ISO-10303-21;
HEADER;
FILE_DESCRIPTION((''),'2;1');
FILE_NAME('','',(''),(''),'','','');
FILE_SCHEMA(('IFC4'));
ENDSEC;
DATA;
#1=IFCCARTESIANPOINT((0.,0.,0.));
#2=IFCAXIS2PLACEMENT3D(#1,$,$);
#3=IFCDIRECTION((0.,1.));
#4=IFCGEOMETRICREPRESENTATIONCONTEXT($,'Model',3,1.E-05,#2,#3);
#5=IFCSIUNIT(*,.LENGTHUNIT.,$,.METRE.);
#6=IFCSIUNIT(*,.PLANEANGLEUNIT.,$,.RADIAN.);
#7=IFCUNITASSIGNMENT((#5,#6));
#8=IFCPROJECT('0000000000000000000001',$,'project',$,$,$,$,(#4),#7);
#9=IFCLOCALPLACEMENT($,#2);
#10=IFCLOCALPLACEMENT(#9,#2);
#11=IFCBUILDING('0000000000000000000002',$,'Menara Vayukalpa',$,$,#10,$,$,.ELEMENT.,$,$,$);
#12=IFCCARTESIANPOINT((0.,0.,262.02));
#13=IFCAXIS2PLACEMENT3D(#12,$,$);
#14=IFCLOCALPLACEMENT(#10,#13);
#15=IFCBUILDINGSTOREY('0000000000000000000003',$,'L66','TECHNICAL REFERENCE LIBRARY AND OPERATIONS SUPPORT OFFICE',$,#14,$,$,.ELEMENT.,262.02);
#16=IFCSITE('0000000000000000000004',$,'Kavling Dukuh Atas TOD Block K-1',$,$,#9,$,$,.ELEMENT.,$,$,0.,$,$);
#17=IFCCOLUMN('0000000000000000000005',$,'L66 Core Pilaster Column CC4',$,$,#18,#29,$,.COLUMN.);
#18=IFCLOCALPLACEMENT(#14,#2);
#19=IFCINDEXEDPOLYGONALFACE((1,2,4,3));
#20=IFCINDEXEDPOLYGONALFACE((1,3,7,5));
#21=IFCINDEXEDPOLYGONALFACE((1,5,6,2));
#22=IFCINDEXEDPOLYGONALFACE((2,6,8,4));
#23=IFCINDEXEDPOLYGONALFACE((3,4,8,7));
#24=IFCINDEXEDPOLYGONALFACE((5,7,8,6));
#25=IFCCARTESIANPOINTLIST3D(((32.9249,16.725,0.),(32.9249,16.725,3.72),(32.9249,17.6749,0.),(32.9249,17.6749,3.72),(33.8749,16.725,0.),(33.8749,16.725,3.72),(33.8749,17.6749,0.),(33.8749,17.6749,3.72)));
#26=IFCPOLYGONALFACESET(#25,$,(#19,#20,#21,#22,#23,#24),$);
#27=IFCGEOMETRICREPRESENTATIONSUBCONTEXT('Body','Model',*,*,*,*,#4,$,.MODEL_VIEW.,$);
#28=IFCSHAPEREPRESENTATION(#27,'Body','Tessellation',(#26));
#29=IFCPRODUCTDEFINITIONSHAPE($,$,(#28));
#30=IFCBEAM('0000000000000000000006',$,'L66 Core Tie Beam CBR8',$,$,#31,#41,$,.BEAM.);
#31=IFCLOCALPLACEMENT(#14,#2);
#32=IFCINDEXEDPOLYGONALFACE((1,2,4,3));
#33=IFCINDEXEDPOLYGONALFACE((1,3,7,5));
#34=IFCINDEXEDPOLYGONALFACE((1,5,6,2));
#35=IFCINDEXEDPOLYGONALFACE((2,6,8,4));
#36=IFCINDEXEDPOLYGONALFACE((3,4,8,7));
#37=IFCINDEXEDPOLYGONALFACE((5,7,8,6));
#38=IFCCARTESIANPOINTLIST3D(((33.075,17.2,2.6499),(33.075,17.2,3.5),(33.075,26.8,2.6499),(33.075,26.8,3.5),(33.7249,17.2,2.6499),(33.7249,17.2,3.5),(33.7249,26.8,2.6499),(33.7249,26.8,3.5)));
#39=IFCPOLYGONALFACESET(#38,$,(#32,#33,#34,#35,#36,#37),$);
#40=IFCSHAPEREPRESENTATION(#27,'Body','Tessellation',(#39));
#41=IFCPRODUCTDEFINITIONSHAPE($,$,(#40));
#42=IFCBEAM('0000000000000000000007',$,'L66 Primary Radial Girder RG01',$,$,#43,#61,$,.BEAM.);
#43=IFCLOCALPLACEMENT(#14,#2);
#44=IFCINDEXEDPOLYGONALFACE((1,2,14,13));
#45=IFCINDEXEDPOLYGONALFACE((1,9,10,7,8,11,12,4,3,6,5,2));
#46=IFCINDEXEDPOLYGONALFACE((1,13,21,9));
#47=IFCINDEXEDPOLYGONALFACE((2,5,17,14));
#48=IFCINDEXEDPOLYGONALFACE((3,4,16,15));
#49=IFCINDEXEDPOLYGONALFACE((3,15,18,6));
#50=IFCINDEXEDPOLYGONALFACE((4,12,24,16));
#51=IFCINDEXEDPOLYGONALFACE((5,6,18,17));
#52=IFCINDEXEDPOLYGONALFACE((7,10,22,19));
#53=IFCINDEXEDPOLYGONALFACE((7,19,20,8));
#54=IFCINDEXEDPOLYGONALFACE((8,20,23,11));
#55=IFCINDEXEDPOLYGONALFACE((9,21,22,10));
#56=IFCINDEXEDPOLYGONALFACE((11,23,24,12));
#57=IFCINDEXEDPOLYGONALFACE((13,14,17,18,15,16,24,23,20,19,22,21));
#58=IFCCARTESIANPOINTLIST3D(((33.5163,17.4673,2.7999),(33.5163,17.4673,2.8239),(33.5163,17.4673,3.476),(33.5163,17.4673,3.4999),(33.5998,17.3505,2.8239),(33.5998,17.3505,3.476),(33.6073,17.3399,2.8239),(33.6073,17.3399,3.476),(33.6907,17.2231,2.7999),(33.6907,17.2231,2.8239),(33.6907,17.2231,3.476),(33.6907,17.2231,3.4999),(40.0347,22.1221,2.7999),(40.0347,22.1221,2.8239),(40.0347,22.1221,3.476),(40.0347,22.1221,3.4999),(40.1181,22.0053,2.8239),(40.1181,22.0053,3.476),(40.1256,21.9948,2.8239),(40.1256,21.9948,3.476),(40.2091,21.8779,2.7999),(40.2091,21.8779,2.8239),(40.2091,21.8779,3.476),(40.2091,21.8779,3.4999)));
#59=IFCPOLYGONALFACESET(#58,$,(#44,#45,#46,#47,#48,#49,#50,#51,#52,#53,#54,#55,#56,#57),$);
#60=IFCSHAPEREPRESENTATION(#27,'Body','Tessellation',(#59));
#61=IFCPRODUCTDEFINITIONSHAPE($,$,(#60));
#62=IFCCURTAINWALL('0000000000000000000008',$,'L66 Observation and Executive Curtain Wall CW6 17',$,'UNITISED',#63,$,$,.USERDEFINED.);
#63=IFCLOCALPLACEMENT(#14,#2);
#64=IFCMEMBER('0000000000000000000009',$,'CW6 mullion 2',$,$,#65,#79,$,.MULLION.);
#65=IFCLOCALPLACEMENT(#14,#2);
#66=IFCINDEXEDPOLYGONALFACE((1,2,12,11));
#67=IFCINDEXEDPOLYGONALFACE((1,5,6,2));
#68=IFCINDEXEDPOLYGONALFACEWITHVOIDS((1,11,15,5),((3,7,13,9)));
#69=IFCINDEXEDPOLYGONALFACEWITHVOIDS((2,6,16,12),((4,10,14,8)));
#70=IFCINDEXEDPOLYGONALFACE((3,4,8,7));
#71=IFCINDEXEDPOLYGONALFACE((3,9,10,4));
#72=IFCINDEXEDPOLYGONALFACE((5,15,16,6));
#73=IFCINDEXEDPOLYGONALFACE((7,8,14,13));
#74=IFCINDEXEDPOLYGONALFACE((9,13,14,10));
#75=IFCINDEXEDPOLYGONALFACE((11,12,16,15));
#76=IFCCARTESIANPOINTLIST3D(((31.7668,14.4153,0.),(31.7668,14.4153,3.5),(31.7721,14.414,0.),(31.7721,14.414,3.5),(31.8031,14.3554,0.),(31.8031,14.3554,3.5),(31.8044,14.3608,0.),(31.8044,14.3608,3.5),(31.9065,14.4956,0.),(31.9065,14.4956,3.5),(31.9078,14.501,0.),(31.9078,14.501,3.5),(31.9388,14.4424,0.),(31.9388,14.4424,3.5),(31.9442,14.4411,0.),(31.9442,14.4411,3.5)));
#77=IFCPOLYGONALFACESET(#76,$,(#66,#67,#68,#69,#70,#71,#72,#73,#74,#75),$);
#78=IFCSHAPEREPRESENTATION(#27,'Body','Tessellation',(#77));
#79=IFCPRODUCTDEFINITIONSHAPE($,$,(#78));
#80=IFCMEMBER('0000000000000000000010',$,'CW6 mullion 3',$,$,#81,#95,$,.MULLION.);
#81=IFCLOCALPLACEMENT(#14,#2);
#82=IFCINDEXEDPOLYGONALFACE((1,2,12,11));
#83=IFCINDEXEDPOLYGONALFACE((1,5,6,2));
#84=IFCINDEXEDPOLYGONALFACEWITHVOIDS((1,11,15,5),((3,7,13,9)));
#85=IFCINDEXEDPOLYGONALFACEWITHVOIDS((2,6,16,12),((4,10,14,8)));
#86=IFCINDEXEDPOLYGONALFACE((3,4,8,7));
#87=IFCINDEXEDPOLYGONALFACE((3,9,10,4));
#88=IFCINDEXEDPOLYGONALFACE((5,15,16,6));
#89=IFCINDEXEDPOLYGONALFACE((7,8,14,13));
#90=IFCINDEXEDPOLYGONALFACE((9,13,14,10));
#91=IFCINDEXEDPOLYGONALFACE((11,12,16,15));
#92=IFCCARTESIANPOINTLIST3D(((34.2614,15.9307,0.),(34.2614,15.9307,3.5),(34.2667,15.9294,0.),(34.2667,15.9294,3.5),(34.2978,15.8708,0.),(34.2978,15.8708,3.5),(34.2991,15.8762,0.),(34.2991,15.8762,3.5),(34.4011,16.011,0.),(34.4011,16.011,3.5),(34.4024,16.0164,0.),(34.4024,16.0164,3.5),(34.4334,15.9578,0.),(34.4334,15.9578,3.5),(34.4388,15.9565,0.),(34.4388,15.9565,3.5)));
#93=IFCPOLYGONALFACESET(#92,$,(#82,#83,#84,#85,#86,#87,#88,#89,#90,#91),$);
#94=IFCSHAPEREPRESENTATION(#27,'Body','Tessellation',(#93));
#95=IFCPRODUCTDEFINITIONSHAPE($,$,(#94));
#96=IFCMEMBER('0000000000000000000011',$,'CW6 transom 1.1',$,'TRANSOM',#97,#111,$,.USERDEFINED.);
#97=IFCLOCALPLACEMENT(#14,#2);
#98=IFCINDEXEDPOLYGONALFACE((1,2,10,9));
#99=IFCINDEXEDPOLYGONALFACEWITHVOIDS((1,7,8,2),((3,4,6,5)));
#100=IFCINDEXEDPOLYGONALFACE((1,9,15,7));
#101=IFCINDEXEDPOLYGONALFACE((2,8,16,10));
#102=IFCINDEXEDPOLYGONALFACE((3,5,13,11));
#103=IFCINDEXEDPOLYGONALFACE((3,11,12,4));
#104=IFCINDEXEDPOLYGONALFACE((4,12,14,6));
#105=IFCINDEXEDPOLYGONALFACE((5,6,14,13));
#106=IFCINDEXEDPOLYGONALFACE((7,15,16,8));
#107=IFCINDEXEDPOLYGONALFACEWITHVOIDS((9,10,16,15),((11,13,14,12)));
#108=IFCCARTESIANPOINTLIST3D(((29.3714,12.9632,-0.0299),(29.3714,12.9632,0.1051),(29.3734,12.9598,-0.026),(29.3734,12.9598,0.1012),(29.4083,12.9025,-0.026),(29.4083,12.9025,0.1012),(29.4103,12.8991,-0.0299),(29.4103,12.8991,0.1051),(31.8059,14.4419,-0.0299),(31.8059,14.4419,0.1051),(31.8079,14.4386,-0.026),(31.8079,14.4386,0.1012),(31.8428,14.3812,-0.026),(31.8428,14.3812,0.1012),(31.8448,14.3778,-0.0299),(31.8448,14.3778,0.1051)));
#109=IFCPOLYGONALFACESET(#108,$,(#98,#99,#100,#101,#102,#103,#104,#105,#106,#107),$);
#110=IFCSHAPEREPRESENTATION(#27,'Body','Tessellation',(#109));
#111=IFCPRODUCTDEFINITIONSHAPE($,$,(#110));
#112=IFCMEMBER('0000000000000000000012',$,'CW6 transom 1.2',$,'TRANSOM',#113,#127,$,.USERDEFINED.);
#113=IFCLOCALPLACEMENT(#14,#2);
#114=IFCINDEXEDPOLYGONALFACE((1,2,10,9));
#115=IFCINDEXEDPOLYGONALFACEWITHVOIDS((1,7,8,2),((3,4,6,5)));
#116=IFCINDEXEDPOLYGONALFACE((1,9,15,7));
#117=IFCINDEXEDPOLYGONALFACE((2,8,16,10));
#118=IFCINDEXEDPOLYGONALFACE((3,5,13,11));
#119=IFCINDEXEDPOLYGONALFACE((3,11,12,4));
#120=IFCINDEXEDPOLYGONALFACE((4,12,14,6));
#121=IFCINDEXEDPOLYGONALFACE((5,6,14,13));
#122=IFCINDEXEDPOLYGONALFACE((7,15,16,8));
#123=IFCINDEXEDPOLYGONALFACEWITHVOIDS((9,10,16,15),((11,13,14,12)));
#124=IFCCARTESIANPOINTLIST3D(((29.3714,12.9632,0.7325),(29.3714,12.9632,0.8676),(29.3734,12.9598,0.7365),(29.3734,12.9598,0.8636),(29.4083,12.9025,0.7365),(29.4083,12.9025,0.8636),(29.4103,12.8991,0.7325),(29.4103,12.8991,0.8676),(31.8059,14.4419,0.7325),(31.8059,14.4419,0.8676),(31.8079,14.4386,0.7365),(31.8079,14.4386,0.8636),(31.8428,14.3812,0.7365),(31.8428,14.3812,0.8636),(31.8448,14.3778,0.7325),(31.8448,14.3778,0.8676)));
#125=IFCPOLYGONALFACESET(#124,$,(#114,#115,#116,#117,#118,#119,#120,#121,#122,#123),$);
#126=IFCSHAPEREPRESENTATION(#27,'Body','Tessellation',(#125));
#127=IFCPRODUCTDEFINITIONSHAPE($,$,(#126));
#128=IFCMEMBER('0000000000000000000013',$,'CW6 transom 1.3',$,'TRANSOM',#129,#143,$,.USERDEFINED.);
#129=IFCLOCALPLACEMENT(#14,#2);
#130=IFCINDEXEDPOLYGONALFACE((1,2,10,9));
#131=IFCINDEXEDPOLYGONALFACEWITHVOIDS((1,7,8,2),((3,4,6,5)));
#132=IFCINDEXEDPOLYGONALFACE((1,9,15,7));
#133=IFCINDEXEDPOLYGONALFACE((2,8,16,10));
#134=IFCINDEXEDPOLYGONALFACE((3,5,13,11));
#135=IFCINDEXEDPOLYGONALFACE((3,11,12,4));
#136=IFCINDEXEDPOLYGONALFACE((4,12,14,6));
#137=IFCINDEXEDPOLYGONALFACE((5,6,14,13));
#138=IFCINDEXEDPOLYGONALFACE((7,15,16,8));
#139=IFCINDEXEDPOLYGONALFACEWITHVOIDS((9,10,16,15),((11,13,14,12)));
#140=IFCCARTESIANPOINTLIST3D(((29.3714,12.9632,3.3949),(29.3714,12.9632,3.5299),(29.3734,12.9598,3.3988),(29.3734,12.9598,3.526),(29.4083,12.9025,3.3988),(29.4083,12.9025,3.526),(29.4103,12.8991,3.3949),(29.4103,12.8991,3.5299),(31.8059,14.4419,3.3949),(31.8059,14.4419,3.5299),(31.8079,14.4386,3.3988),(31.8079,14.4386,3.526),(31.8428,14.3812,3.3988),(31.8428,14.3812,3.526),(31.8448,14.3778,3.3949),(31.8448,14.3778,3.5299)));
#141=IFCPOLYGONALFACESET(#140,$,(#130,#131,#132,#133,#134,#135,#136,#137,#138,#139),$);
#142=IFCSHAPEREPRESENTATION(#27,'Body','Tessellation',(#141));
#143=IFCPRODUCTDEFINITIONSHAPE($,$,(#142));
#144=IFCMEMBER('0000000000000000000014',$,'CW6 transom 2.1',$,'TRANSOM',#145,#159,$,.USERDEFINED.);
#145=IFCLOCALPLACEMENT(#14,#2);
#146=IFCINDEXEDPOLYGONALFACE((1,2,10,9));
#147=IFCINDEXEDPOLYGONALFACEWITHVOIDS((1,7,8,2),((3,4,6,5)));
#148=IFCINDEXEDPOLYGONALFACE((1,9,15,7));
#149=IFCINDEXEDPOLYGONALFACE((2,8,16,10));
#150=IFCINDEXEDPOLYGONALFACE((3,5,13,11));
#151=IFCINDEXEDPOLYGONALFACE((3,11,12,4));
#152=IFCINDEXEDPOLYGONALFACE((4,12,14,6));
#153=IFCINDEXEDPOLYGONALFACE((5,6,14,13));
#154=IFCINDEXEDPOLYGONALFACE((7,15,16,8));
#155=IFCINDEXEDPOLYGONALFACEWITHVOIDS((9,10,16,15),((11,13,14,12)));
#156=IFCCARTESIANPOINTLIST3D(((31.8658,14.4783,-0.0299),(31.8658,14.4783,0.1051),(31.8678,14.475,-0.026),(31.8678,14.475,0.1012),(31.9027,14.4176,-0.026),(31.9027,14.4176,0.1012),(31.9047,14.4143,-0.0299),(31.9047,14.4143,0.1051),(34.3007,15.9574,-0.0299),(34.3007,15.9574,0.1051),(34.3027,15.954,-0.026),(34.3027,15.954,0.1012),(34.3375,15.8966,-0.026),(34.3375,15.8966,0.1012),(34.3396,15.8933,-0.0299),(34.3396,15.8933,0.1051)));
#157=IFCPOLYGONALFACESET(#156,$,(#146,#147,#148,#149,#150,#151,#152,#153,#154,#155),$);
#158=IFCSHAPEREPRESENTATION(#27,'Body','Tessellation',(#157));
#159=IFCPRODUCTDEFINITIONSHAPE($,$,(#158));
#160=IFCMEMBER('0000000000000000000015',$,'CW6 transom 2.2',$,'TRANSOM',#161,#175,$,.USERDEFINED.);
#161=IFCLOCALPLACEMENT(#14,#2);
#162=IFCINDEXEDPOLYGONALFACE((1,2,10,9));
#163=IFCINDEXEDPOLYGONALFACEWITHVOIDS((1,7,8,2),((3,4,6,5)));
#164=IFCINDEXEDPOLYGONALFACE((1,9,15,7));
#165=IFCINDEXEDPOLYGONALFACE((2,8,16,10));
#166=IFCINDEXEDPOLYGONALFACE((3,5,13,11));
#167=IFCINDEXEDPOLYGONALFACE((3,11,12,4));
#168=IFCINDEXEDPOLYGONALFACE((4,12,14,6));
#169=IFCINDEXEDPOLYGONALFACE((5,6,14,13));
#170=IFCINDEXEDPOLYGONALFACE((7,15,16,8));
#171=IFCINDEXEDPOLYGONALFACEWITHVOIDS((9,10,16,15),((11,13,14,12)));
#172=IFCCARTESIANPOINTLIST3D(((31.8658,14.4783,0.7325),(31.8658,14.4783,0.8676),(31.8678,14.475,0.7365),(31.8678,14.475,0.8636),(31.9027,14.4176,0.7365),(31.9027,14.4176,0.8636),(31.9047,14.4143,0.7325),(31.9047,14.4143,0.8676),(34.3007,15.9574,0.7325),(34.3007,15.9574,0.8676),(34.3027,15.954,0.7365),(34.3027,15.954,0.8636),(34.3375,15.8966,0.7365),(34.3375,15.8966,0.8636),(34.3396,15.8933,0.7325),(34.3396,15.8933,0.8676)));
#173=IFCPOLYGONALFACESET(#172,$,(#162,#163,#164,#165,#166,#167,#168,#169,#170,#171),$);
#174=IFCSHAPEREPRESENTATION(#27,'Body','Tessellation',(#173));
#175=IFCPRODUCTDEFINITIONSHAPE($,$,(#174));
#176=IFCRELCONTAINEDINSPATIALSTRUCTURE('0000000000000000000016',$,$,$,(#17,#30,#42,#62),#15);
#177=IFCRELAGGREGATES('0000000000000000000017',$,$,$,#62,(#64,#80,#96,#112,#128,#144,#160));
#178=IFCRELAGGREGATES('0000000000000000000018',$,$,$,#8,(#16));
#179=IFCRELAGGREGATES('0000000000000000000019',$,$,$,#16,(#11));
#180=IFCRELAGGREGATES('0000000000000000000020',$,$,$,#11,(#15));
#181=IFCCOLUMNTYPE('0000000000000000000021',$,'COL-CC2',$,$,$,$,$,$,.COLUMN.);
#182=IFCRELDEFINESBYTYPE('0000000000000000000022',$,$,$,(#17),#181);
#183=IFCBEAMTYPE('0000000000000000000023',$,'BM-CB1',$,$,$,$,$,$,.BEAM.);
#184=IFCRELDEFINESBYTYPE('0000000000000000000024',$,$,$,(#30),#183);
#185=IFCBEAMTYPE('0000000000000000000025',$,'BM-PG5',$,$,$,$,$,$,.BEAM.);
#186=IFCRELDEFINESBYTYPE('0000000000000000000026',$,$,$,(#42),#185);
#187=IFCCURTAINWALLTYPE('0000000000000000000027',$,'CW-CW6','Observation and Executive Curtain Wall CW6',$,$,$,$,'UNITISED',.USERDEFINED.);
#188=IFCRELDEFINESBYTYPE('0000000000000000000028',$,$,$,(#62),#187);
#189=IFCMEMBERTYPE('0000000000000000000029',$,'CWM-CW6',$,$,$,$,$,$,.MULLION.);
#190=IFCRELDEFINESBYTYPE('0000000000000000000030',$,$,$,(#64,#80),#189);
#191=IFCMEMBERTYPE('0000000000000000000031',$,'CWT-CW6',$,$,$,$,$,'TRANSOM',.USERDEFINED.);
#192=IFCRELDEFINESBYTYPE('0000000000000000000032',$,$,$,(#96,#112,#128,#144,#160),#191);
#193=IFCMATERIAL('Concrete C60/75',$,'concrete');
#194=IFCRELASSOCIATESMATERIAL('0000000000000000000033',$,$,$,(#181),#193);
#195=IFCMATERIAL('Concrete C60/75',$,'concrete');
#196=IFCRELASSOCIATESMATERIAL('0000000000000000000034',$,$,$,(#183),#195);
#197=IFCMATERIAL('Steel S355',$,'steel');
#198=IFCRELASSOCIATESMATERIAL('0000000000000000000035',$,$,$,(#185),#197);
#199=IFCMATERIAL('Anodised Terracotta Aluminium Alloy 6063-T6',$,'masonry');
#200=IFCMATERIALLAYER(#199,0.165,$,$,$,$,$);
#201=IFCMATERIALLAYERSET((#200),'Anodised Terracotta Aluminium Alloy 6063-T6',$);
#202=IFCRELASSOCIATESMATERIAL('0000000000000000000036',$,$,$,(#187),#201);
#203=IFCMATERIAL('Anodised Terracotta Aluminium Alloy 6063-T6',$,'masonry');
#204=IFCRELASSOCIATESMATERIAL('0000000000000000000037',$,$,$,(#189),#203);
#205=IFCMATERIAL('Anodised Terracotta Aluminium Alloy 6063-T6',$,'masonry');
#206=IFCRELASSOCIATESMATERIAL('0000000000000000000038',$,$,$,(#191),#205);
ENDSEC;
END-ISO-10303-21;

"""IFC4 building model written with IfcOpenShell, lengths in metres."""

from ifc_helpers import new_model, si_unit, direction, frame, origin, origin_2d, place, context, subcontext, project, spatial, rectangle, hollow_rectangle, i_section, extrude, material, layer, layer_set, material_profile, profile_set, type_object, element, aggregate, save


model = new_model("IFC4")

# Units and contexts
model_context = context("Model", 3, precision=1e-05, world=origin(), true_north=direction((0.0, 1.0)))
body_context = subcontext(model_context, "Body", "Model", "MODEL_VIEW")
ifc_project = project(units=[si_unit("LENGTHUNIT", "METRE"), si_unit("PLANEANGLEUNIT", "RADIAN")], contexts=[model_context])

# Site, building, storey
site_placement = place(None, origin())
site = spatial("IfcSite", under=ifc_project, at=site_placement, Name="Kavling Dukuh Atas TOD Block K-1", CompositionType="ELEMENT", RefElevation=0.0)
building_placement = place(site_placement, origin())
building = spatial("IfcBuilding", under=site, at=building_placement, Name="Menara Vayukalpa", CompositionType="ELEMENT")
storey_placement = place(building_placement, frame((0.0, 0.0, 262.02)))
storey = spatial("IfcBuildingStorey", under=building, at=storey_placement, Name="L66", Description="TECHNICAL REFERENCE LIBRARY AND OPERATIONS SUPPORT OFFICE", CompositionType="ELEMENT", Elevation=262.02)

# Column
ifc_material_1 = material(Name="Concrete C60/75", Category="concrete")
ifc_material_profile_1 = material_profile(ifc_material_1, rectangle(XDim=0.95, YDim=0.95, at=origin_2d()), Name="RC 950x950")
ifc_profile_set_1 = profile_set([ifc_material_profile_1], Name="Concrete C60/75")
column_type = type_object("IfcColumnType", Name="COL-CC2", PredefinedType="COLUMN", material=ifc_profile_set_1)
column_placement = place(storey_placement, frame((33.3999, 17.2, 0.0), z_axis=(0.0, 0.0, 1.0), x_axis=(1.0, 0.0, 0.0)))
element("IfcColumn", 1, at=column_placement, inside=storey, type_object=column_type, Name="L66 Core Pilaster Column CC4", PredefinedType="COLUMN", context=body_context, shape_type="SweptSolid", body=[
    extrude(rectangle(XDim=0.95, YDim=0.95, at=origin_2d()), origin(), (0.0, 0.0, 1.0), 3.72),
])

# Beams
ifc_material_2 = material(Name="Concrete C60/75", Category="concrete")
ifc_material_profile_2 = material_profile(ifc_material_2, rectangle(XDim=0.6499, YDim=0.8501, at=origin_2d()), Name="RC 650x850")
ifc_profile_set_2 = profile_set([ifc_material_profile_2], Name="Concrete C60/75")
beam_type_1 = type_object("IfcBeamType", Name="BM-CB1", PredefinedType="BEAM", material=ifc_profile_set_2)
beam_1_placement = place(storey_placement, frame((33.3999, 17.2, 3.075), z_axis=(0.0, 1.0, 0.0), x_axis=(-1.0, 0.0, 0.0)))
element("IfcBeam", 2, at=beam_1_placement, inside=storey, type_object=beam_type_1, Name="L66 Core Tie Beam CBR8", PredefinedType="BEAM", context=body_context, shape_type="SweptSolid", body=[
    extrude(rectangle(XDim=0.6499, YDim=0.8501, at=origin_2d()), origin(), (0.0, 0.0, 1.0), 9.6001),
])
ifc_material_3 = material(Name="Steel S355", Category="steel")
ifc_material_profile_3 = material_profile(ifc_material_3, i_section(OverallWidth=0.3, OverallDepth=0.7, WebThickness=0.0129, FlangeThickness=0.0239, at=origin_2d()), Name="WF 700x300x13x24")
ifc_profile_set_3 = profile_set([ifc_material_profile_3], Name="Steel S355")
beam_type_2 = type_object("IfcBeamType", Name="BM-PG5", PredefinedType="BEAM", material=ifc_profile_set_3)
beam_2_placement = place(storey_placement, frame((33.6035, 17.3452, 3.1499), z_axis=(0.813801, 0.581143, 0.0), x_axis=(-0.581143, 0.813801, 0.0)))
element("IfcBeam", 3, at=beam_2_placement, inside=storey, type_object=beam_type_2, Name="L66 Primary Radial Girder RG01", PredefinedType="BEAM", context=body_context, shape_type="SweptSolid", body=[
    extrude(i_section(OverallWidth=0.3, OverallDepth=0.7, WebThickness=0.0129, FlangeThickness=0.0239, at=origin_2d()), origin(), (0.0, 0.0, 1.0), 8.0098),
])

# Curtain wall, members
ifc_material_4 = material(Name="Anodised Terracotta Aluminium Alloy 6063-T6", Category="masonry")
ifc_layer_1 = layer(ifc_material_4, 0.165)
ifc_layer_set_1 = layer_set([ifc_layer_1], Name="Anodised Terracotta Aluminium Alloy 6063-T6")
curtain_wall_type = type_object("IfcCurtainWallType", Name="CW-CW6", Description="Observation and Executive Curtain Wall CW6", ElementType="UNITISED", PredefinedType="USERDEFINED", material=ifc_layer_set_1)
curtain_wall_placement = place(storey_placement, origin())
curtain_wall = element("IfcCurtainWall", 4, at=curtain_wall_placement, inside=storey, type_object=curtain_wall_type, Name="L66 Observation and Executive Curtain Wall CW6 17", ObjectType="UNITISED", PredefinedType="USERDEFINED")
ifc_material_5 = material(Name="Anodised Terracotta Aluminium Alloy 6063-T6", Category="masonry")
ifc_material_profile_4 = material_profile(ifc_material_5, hollow_rectangle(XDim=0.0701, YDim=0.165, WallThickness=0.0039, at=origin_2d()), Name="ALU 70x165x4")
ifc_profile_set_4 = profile_set([ifc_material_profile_4], Name="Anodised Terracotta Aluminium Alloy 6063-T6")
member_type_1 = type_object("IfcMemberType", Name="CWM-CW6", PredefinedType="MULLION", material=ifc_profile_set_4)
member_1_placement = place(storey_placement, frame((31.8555, 14.4282, 0.0), z_axis=(0.0, 0.0, 1.0), x_axis=(-0.519176, 0.854668, 0.0)))
member_1 = element("IfcMember", 5, at=member_1_placement, type_object=member_type_1, Name="CW6 mullion 2", PredefinedType="MULLION", context=body_context, shape_type="SweptSolid", body=[
    extrude(hollow_rectangle(XDim=0.0701, YDim=0.165, WallThickness=0.0039, at=origin_2d()), origin(), (0.0, 0.0, 1.0), 3.5),
])
member_2_placement = place(storey_placement, frame((34.3501, 15.9436, 0.0), z_axis=(0.0, 0.0, 1.0), x_axis=(-0.519176, 0.854668, 0.0)))
member_2 = element("IfcMember", 6, at=member_2_placement, type_object=member_type_1, Name="CW6 mullion 3", PredefinedType="MULLION", context=body_context, shape_type="SweptSolid", body=[
    extrude(hollow_rectangle(XDim=0.0701, YDim=0.165, WallThickness=0.0039, at=origin_2d()), origin(), (0.0, 0.0, 1.0), 3.5),
])
ifc_material_6 = material(Name="Anodised Terracotta Aluminium Alloy 6063-T6", Category="masonry")
ifc_material_profile_5 = material_profile(ifc_material_6, hollow_rectangle(XDim=0.075, YDim=0.135, WallThickness=0.0039, at=origin_2d()), Name="ALU 75x135x4")
ifc_profile_set_5 = profile_set([ifc_material_profile_5], Name="Anodised Terracotta Aluminium Alloy 6063-T6")
member_type_2 = type_object("IfcMemberType", Name="CWT-CW6", ElementType="TRANSOM", PredefinedType="USERDEFINED", material=ifc_profile_set_5)
member_3_placement = place(storey_placement, frame((29.3909, 12.9312, 0.0376), z_axis=(0.85469, 0.519139, 0.0), x_axis=(-0.519139, 0.85469, 0.0)))
member_3 = element("IfcMember", 7, at=member_3_placement, type_object=member_type_2, Name="CW6 transom 1.1", ObjectType="TRANSOM", PredefinedType="USERDEFINED", context=body_context, shape_type="SweptSolid", body=[
    extrude(hollow_rectangle(XDim=0.075, YDim=0.135, WallThickness=0.0039, at=origin_2d()), origin(), (0.0, 0.0, 1.0), 2.8484),
])
member_4_placement = place(storey_placement, frame((29.3909, 12.9312, 0.8), z_axis=(0.85469, 0.519139, 0.0), x_axis=(-0.519139, 0.85469, 0.0)))
member_4 = element("IfcMember", 8, at=member_4_placement, type_object=member_type_2, Name="CW6 transom 1.2", ObjectType="TRANSOM", PredefinedType="USERDEFINED", context=body_context, shape_type="SweptSolid", body=[
    extrude(hollow_rectangle(XDim=0.075, YDim=0.135, WallThickness=0.0039, at=origin_2d()), origin(), (0.0, 0.0, 1.0), 2.8484),
])
member_5_placement = place(storey_placement, frame((29.3909, 12.9312, 3.4624), z_axis=(0.85469, 0.519139, 0.0), x_axis=(-0.519139, 0.85469, 0.0)))
member_5 = element("IfcMember", 9, at=member_5_placement, type_object=member_type_2, Name="CW6 transom 1.3", ObjectType="TRANSOM", PredefinedType="USERDEFINED", context=body_context, shape_type="SweptSolid", body=[
    extrude(hollow_rectangle(XDim=0.075, YDim=0.135, WallThickness=0.0039, at=origin_2d()), origin(), (0.0, 0.0, 1.0), 2.8484),
])
member_6_placement = place(storey_placement, frame((31.8853, 14.4463, 0.0376), z_axis=(0.854675, 0.519164, 0.0), x_axis=(-0.519164, 0.854675, 0.0)))
member_6 = element("IfcMember", 10, at=member_6_placement, type_object=member_type_2, Name="CW6 transom 2.1", ObjectType="TRANSOM", PredefinedType="USERDEFINED", context=body_context, shape_type="SweptSolid", body=[
    extrude(hollow_rectangle(XDim=0.075, YDim=0.135, WallThickness=0.0039, at=origin_2d()), origin(), (0.0, 0.0, 1.0), 2.8489),
])
member_7_placement = place(storey_placement, frame((31.8853, 14.4463, 0.8), z_axis=(0.854675, 0.519164, 0.0), x_axis=(-0.519164, 0.854675, 0.0)))
member_7 = element("IfcMember", 11, at=member_7_placement, type_object=member_type_2, Name="CW6 transom 2.2", ObjectType="TRANSOM", PredefinedType="USERDEFINED", context=body_context, shape_type="SweptSolid", body=[
    extrude(hollow_rectangle(XDim=0.075, YDim=0.135, WallThickness=0.0039, at=origin_2d()), origin(), (0.0, 0.0, 1.0), 2.8489),
])
aggregate(curtain_wall, [member_1, member_2, member_3, member_4, member_5, member_6, member_7])

save(model, "model.ifc")
